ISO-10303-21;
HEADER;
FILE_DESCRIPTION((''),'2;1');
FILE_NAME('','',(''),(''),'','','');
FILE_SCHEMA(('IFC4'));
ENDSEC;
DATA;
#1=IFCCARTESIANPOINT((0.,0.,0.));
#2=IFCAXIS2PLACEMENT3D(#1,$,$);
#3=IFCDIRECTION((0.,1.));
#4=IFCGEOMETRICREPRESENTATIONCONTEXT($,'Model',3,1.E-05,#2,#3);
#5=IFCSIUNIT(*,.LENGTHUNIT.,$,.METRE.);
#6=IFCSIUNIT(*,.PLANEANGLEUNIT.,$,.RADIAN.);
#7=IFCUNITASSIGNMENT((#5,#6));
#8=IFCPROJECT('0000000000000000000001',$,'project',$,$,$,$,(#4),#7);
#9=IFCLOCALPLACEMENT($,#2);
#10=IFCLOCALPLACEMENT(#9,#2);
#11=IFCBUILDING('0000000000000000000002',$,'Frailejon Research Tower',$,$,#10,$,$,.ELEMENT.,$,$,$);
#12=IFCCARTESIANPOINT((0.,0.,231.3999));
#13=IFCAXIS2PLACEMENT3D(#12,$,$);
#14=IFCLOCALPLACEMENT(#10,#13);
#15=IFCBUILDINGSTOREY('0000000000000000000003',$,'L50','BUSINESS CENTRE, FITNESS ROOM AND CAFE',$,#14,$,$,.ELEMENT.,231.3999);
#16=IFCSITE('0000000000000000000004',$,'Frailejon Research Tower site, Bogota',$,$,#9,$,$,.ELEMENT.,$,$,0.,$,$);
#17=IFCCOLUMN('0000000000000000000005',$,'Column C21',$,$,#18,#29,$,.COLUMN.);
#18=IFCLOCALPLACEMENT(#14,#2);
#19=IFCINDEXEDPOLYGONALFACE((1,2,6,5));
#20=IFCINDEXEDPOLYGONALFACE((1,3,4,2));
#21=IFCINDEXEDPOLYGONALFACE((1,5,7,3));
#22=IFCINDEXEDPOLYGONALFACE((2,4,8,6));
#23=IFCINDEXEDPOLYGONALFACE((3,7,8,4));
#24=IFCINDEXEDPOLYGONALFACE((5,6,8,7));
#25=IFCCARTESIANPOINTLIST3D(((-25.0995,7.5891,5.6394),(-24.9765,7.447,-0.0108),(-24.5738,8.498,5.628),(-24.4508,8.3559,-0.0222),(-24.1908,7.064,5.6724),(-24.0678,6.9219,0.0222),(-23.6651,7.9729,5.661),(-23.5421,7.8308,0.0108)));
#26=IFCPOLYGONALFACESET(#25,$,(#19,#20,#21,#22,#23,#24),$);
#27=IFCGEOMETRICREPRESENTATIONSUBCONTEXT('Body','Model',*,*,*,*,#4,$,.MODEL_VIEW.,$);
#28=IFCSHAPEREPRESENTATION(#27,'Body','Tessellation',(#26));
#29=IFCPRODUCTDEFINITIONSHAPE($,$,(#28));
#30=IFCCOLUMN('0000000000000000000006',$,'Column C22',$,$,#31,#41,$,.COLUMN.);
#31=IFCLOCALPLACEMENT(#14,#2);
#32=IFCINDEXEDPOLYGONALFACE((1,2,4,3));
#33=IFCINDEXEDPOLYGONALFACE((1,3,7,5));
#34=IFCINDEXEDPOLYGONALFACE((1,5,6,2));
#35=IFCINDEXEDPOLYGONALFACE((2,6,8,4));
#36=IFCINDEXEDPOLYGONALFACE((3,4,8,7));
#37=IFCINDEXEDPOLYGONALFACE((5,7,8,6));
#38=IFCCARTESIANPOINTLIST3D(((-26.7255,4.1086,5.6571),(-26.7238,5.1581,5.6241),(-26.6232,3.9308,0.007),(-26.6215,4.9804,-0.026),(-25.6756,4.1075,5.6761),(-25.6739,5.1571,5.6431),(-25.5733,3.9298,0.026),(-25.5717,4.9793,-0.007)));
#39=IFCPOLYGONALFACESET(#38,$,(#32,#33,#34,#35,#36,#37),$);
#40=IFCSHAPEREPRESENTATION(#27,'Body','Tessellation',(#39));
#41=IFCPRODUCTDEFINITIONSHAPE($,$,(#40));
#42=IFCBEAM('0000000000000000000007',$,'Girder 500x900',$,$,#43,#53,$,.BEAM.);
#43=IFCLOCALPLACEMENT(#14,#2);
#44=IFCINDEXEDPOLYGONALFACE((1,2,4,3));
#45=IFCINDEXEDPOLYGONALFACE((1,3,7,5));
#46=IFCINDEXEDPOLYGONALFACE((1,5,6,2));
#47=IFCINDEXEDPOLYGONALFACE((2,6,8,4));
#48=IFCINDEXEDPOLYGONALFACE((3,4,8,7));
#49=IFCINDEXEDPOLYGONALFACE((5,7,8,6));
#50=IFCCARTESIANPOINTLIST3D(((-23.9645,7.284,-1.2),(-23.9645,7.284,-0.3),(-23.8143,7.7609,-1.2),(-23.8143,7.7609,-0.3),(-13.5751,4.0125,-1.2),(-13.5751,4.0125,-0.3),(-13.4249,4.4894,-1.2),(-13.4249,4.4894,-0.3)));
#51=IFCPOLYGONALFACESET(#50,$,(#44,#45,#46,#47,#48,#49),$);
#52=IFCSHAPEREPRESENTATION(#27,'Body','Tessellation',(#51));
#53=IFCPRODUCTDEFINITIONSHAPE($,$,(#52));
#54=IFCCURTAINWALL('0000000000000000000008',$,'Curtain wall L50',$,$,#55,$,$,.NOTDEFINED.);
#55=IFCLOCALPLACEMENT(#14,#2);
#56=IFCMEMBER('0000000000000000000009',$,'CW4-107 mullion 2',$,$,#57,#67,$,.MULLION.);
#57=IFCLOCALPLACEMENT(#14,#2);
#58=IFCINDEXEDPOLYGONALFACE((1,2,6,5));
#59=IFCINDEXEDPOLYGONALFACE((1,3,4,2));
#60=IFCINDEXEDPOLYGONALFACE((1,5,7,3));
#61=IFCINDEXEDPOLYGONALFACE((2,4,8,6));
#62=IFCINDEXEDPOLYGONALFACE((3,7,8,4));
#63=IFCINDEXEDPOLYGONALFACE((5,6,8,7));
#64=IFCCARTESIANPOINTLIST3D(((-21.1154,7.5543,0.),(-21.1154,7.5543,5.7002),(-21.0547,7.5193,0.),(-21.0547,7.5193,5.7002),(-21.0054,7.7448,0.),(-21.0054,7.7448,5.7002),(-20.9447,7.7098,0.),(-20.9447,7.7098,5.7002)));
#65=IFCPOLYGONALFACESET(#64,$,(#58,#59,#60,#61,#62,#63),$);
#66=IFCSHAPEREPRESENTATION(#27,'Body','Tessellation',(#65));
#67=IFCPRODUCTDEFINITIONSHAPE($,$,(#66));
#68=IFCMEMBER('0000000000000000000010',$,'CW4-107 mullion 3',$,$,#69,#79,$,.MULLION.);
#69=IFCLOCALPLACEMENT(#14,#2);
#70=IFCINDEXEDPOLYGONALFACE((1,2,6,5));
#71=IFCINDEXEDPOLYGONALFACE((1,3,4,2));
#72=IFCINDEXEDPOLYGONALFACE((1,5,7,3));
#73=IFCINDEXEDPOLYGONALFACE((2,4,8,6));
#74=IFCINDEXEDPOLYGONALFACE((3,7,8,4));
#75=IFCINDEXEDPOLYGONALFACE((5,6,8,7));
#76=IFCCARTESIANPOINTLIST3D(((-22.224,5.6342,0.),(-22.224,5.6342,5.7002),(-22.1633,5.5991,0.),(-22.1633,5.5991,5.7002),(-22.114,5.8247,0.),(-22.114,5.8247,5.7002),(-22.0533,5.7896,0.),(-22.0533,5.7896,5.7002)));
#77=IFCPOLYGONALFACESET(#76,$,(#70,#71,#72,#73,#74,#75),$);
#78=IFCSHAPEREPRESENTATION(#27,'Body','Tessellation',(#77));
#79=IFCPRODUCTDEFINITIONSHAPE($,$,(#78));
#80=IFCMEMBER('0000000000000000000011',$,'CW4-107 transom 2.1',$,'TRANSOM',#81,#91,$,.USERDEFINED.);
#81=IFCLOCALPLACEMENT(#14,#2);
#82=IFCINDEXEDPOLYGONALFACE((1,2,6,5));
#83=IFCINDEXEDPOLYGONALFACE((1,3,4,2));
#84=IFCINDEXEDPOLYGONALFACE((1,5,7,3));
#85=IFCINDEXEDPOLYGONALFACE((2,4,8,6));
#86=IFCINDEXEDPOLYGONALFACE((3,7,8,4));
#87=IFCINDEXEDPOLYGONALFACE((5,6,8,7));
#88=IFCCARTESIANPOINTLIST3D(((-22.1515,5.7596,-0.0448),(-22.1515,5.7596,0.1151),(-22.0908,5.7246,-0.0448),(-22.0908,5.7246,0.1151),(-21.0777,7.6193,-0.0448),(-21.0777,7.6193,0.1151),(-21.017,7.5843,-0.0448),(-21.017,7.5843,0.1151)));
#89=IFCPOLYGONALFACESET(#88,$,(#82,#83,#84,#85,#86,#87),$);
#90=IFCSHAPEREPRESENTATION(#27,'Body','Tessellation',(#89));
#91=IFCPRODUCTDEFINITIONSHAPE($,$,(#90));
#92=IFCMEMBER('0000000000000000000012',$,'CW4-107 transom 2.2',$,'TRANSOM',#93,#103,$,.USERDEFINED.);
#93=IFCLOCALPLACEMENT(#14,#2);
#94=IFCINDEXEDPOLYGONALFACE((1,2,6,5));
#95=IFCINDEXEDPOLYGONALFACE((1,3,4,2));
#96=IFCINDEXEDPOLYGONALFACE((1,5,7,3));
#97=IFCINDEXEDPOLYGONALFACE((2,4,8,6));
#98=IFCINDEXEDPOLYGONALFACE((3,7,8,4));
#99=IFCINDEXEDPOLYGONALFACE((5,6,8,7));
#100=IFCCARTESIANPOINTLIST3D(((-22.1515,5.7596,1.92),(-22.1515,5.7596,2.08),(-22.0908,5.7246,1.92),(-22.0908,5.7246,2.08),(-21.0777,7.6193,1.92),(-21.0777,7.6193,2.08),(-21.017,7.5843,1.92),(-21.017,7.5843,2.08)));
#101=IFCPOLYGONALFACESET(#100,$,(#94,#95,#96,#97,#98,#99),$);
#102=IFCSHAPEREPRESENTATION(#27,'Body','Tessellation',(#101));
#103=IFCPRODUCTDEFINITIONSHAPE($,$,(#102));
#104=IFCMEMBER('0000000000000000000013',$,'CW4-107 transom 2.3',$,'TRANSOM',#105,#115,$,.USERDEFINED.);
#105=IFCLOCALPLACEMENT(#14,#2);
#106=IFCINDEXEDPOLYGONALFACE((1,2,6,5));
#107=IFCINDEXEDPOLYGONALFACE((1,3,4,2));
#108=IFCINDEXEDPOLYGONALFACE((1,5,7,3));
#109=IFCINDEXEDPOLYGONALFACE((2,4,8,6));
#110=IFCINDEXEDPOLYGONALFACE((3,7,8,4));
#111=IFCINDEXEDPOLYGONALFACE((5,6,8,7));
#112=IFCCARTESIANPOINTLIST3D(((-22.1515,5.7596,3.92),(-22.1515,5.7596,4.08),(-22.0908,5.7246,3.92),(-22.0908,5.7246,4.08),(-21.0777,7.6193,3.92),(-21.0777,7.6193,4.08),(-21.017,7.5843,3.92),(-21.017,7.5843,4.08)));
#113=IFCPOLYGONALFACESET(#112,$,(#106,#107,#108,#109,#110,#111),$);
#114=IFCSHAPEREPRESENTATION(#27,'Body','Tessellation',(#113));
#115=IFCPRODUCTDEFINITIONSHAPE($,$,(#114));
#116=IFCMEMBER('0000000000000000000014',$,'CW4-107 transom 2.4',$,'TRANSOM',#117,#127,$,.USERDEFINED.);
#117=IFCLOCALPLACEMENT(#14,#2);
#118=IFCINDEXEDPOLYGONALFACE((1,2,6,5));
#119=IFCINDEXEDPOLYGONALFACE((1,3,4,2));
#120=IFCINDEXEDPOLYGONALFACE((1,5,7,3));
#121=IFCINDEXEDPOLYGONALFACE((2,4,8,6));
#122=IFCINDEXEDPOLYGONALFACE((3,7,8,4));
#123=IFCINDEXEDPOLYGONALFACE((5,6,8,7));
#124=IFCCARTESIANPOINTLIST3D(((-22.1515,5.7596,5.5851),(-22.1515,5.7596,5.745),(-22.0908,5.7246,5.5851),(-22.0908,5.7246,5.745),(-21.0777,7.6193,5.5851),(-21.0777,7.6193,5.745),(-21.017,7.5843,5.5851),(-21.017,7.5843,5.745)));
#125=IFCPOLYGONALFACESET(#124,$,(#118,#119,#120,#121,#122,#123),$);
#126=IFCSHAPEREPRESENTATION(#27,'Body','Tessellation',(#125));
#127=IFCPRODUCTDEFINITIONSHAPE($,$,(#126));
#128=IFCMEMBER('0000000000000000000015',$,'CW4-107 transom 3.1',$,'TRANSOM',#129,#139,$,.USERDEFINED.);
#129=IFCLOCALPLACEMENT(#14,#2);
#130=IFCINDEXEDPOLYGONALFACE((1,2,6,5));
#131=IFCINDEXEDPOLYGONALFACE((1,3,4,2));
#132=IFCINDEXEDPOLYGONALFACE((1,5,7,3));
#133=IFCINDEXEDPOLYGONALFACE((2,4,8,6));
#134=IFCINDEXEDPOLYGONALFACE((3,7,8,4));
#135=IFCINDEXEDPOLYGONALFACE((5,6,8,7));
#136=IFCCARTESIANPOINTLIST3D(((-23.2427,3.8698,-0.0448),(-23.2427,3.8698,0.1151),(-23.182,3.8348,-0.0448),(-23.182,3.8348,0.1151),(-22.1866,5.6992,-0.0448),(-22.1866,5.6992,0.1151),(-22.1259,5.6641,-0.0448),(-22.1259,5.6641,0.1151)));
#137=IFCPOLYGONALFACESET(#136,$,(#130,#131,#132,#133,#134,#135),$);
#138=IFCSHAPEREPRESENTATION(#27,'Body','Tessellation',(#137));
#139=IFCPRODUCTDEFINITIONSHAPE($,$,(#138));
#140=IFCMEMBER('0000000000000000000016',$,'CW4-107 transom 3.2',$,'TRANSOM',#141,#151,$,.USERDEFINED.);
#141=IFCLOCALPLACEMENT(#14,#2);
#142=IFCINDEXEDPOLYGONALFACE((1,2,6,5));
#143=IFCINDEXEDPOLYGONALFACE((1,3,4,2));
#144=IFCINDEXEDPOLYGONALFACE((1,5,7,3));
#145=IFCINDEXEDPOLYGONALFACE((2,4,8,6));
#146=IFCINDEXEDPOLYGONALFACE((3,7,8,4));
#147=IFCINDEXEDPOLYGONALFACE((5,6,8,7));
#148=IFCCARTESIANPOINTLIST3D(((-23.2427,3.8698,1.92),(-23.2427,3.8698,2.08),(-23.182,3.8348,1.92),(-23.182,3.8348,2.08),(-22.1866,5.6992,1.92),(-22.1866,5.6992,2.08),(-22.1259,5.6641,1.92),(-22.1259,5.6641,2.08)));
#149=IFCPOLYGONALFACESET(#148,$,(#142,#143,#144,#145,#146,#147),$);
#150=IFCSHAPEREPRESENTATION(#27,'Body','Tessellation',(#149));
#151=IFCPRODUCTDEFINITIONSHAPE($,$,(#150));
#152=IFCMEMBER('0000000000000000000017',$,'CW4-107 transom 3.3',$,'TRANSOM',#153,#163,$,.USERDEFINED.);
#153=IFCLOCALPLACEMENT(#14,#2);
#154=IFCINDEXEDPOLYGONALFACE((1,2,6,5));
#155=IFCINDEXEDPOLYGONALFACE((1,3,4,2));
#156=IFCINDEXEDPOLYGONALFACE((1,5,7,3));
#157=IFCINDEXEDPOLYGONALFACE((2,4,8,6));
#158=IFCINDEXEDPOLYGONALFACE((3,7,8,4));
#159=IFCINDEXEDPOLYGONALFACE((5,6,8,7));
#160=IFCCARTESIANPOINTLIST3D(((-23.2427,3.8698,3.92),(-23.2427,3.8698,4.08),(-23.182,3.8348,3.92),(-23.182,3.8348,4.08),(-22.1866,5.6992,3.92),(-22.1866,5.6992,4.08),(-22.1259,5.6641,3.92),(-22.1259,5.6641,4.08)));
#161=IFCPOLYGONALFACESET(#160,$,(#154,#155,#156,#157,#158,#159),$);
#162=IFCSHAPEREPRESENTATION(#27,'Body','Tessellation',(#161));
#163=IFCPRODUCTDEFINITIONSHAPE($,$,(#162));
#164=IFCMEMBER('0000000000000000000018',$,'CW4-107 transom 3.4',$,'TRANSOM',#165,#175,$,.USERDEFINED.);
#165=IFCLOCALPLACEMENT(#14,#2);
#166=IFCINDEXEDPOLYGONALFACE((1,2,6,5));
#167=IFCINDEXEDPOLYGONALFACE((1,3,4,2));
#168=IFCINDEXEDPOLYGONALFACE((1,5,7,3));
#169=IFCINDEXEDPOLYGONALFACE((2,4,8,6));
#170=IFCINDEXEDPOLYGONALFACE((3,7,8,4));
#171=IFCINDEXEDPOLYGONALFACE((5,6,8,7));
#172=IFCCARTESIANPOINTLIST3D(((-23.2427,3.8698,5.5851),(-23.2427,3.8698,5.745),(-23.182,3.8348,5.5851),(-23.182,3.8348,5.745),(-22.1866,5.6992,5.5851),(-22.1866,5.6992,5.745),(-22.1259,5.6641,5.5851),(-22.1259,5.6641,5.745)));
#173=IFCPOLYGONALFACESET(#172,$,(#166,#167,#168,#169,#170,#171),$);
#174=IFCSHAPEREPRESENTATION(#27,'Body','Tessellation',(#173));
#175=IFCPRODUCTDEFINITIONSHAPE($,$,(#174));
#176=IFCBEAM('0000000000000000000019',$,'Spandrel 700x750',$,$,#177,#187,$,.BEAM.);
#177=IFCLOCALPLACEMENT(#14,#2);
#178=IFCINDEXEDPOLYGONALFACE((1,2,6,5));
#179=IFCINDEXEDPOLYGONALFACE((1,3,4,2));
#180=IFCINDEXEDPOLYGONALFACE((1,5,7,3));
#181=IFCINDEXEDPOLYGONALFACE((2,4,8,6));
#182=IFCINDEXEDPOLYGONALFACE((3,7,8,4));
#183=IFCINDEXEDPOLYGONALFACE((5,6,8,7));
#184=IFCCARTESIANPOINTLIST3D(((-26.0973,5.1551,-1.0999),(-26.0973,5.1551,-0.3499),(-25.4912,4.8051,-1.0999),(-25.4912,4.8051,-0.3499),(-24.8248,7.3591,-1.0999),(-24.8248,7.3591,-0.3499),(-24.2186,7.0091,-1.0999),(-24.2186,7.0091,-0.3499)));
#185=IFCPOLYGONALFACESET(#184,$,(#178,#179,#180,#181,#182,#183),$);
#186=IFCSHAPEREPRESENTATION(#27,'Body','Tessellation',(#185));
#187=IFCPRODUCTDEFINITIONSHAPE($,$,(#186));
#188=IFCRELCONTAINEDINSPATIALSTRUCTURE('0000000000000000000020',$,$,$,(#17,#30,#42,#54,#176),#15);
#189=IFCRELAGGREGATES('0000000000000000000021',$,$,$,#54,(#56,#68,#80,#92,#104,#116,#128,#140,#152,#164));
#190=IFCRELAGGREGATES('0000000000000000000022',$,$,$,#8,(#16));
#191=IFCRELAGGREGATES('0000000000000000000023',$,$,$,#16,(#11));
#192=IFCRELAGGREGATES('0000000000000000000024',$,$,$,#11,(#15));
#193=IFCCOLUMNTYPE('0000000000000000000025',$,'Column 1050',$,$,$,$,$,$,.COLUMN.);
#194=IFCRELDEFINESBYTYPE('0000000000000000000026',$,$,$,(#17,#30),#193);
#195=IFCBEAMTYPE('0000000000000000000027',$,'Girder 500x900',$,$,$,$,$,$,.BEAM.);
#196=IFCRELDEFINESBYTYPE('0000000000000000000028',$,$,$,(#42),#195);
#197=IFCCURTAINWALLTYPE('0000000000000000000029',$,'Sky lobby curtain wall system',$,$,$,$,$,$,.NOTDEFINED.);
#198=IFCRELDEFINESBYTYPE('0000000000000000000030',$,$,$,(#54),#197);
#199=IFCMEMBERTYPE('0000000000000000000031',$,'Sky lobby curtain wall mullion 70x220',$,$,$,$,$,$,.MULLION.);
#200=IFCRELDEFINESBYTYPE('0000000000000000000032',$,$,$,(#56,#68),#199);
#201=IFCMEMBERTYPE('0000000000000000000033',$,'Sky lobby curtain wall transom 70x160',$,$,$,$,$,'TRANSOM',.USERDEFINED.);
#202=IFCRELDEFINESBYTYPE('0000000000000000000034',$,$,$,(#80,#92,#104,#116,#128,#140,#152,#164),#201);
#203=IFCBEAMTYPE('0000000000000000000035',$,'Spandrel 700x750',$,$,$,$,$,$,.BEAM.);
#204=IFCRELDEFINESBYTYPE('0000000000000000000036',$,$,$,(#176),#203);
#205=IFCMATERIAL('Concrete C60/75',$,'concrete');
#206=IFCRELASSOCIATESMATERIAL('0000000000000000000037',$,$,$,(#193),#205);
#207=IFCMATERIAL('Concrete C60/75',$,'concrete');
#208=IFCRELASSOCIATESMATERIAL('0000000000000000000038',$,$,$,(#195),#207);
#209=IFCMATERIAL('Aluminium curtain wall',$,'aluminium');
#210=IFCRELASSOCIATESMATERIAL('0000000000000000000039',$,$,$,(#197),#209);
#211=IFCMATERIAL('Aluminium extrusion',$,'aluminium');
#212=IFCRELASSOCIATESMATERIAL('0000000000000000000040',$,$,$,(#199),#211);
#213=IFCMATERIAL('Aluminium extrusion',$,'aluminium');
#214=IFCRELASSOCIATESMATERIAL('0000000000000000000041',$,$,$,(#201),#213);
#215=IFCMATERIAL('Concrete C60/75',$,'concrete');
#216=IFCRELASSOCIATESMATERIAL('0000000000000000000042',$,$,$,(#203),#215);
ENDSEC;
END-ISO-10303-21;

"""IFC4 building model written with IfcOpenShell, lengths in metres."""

from ifc_helpers import new_model, si_unit, direction, frame, origin, origin_2d, place, context, subcontext, project, spatial, rectangle, extrude, material, material_profile, profile_set, type_object, element, aggregate, save


model = new_model("IFC4")

# Units and contexts
model_context = context("Model", 3, precision=1e-05, world=origin(), true_north=direction((0.0, 1.0)))
body_context = subcontext(model_context, "Body", "Model", "MODEL_VIEW")
ifc_project = project(units=[si_unit("LENGTHUNIT", "METRE"), si_unit("PLANEANGLEUNIT", "RADIAN")], contexts=[model_context])

# Site, building, storey
site_placement = place(None, origin())
site = spatial("IfcSite", under=ifc_project, at=site_placement, Name="Frailejon Research Tower site, Bogota", CompositionType="ELEMENT", RefElevation=0.0)
building_placement = place(site_placement, origin())
building = spatial("IfcBuilding", under=site, at=building_placement, Name="Frailejon Research Tower", CompositionType="ELEMENT")
storey_placement = place(building_placement, frame((0.0, 0.0, 231.3999)))
storey = spatial("IfcBuildingStorey", under=building, at=storey_placement, Name="L50", Description="BUSINESS CENTRE, FITNESS ROOM AND CAFE", CompositionType="ELEMENT", Elevation=231.3999)

# Columns
ifc_material_1 = material(Name="Concrete C60/75", Category="concrete")
ifc_material_profile_1 = material_profile(ifc_material_1, rectangle(XDim=1.05, YDim=1.05, at=origin_2d()), Name="Column 1050")
ifc_profile_set_1 = profile_set([ifc_material_profile_1], Name="Concrete C60/75")
column_type = type_object("IfcColumnType", Name="Column 1050", PredefinedType="COLUMN", material=ifc_profile_set_1)
column_1_placement = place(storey_placement, frame((-24.2593, 7.6389, 0.0), z_axis=(-0.021766, 0.025134, 0.999447), x_axis=(-0.500628, -0.865594, 0.010865)))
element("IfcColumn", 1, at=column_1_placement, inside=storey, type_object=column_type, Name="Column C21", PredefinedType="COLUMN", context=body_context, shape_type="SweptSolid", body=[
    extrude(rectangle(XDim=1.05, YDim=1.05, at=origin_2d()), origin(), (0.0, 0.0, 1.0), 5.6533),
])
column_2_placement = place(storey_placement, frame((-26.0974, 4.4551, 0.0), z_axis=(-0.018093, 0.031436, 0.999342), x_axis=(-0.00157, -0.999505, 0.031413)))
element("IfcColumn", 2, at=column_2_placement, inside=storey, type_object=column_type, Name="Column C22", PredefinedType="COLUMN", context=body_context, shape_type="SweptSolid", body=[
    extrude(rectangle(XDim=1.05, YDim=1.05, at=origin_2d()), origin(), (0.0, 0.0, 1.0), 5.6538),
])

# Beam
ifc_material_2 = material(Name="Concrete C60/75", Category="concrete")
ifc_material_profile_2 = material_profile(ifc_material_2, rectangle(XDim=0.5, YDim=0.8999, at=origin_2d()), Name="Girder 500x900")
ifc_profile_set_2 = profile_set([ifc_material_profile_2], Name="Concrete C60/75")
beam_type_1 = type_object("IfcBeamType", Name="Girder 500x900", PredefinedType="BEAM", material=ifc_profile_set_2)
beam_1_placement = place(storey_placement, frame((-23.8894, 7.5225, -0.75), z_axis=(0.95383, -0.300348, 0.0), x_axis=(0.300348, 0.95383, 0.0)))
element("IfcBeam", 3, at=beam_1_placement, inside=storey, type_object=beam_type_1, Name="Girder 500x900", PredefinedType="BEAM", context=body_context, shape_type="SweptSolid", body=[
    extrude(rectangle(XDim=0.5, YDim=0.8999, at=origin_2d()), origin(), (0.0, 0.0, 1.0), 10.8923),
])

# Curtain wall, members
ifc_material_3 = material(Name="Aluminium curtain wall", Category="aluminium")
curtain_wall_type = type_object("IfcCurtainWallType", Name="Sky lobby curtain wall system", PredefinedType="NOTDEFINED", material=ifc_material_3)
curtain_wall_placement = place(storey_placement, origin())
curtain_wall = element("IfcCurtainWall", 4, at=curtain_wall_placement, inside=storey, type_object=curtain_wall_type, Name="Curtain wall L50", PredefinedType="NOTDEFINED")
ifc_material_4 = material(Name="Aluminium extrusion", Category="aluminium")
ifc_material_profile_3 = material_profile(ifc_material_4, rectangle(XDim=0.0701, YDim=0.22, at=origin_2d()), Name="Sky lobby curtain wall mullion 70x220")
ifc_profile_set_3 = profile_set([ifc_material_profile_3], Name="Aluminium extrusion")
member_type_1 = type_object("IfcMemberType", Name="Sky lobby curtain wall mullion 70x220", PredefinedType="MULLION", material=ifc_profile_set_3)
member_1_placement = place(storey_placement, frame((-21.03, 7.6321, 0.0), z_axis=(0.0, 0.0, 1.0), x_axis=(0.866025, -0.5, 0.0)))
member_1 = element("IfcMember", 5, at=member_1_placement, type_object=member_type_1, Name="CW4-107 mullion 2", PredefinedType="MULLION", context=body_context, shape_type="SweptSolid", body=[
    extrude(rectangle(XDim=0.0701, YDim=0.22, at=origin_2d()), origin(), (0.0, 0.0, 1.0), 5.7002),
])
member_2_placement = place(storey_placement, frame((-22.1387, 5.7119, 0.0), z_axis=(0.0, 0.0, 1.0), x_axis=(0.866025, -0.5, 0.0)))
member_2 = element("IfcMember", 6, at=member_2_placement, type_object=member_type_1, Name="CW4-107 mullion 3", PredefinedType="MULLION", context=body_context, shape_type="SweptSolid", body=[
    extrude(rectangle(XDim=0.0701, YDim=0.22, at=origin_2d()), origin(), (0.0, 0.0, 1.0), 5.7002),
])
ifc_material_5 = material(Name="Aluminium extrusion", Category="aluminium")
ifc_material_profile_4 = material_profile(ifc_material_5, rectangle(XDim=0.0701, YDim=0.1599, at=origin_2d()), Name="Sky lobby curtain wall transom 70x160")
ifc_profile_set_4 = profile_set([ifc_material_profile_4], Name="Aluminium extrusion")
member_type_2 = type_object("IfcMemberType", Name="Sky lobby curtain wall transom 70x160", ElementType="TRANSOM", PredefinedType="USERDEFINED", material=ifc_profile_set_4)
member_3_placement = place(storey_placement, frame((-21.0474, 7.6018, 0.0352), z_axis=(-0.500028, -0.86601, 0.0), x_axis=(0.86601, -0.500028, 0.0)))
member_3 = element("IfcMember", 7, at=member_3_placement, type_object=member_type_2, Name="CW4-107 transom 2.1", ObjectType="TRANSOM", PredefinedType="USERDEFINED", context=body_context, shape_type="SweptSolid", body=[
    extrude(rectangle(XDim=0.0701, YDim=0.1599, at=origin_2d()), origin(), (0.0, 0.0, 1.0), 2.1475),
])
member_4_placement = place(storey_placement, frame((-21.0474, 7.6018, 2.0), z_axis=(-0.500028, -0.86601, 0.0), x_axis=(0.86601, -0.500028, 0.0)))
member_4 = element("IfcMember", 8, at=member_4_placement, type_object=member_type_2, Name="CW4-107 transom 2.2", ObjectType="TRANSOM", PredefinedType="USERDEFINED", context=body_context, shape_type="SweptSolid", body=[
    extrude(rectangle(XDim=0.0701, YDim=0.1599, at=origin_2d()), origin(), (0.0, 0.0, 1.0), 2.1475),
])
member_5_placement = place(storey_placement, frame((-21.0474, 7.6018, 4.0), z_axis=(-0.500028, -0.86601, 0.0), x_axis=(0.86601, -0.500028, 0.0)))
member_5 = element("IfcMember", 9, at=member_5_placement, type_object=member_type_2, Name="CW4-107 transom 2.3", ObjectType="TRANSOM", PredefinedType="USERDEFINED", context=body_context, shape_type="SweptSolid", body=[
    extrude(rectangle(XDim=0.0701, YDim=0.1599, at=origin_2d()), origin(), (0.0, 0.0, 1.0), 2.1475),
])
member_6_placement = place(storey_placement, frame((-21.0474, 7.6018, 5.665), z_axis=(-0.500028, -0.86601, 0.0), x_axis=(0.86601, -0.500028, 0.0)))
member_6 = element("IfcMember", 10, at=member_6_placement, type_object=member_type_2, Name="CW4-107 transom 2.4", ObjectType="TRANSOM", PredefinedType="USERDEFINED", context=body_context, shape_type="SweptSolid", body=[
    extrude(rectangle(XDim=0.0701, YDim=0.1599, at=origin_2d()), origin(), (0.0, 0.0, 1.0), 2.1475),
])
member_7_placement = place(storey_placement, frame((-22.1562, 5.6816, 0.0352), z_axis=(-0.499993, -0.86603, 0.0), x_axis=(0.86603, -0.499993, 0.0)))
member_7 = element("IfcMember", 11, at=member_7_placement, type_object=member_type_2, Name="CW4-107 transom 3.1", ObjectType="TRANSOM", PredefinedType="USERDEFINED", context=body_context, shape_type="SweptSolid", body=[
    extrude(rectangle(XDim=0.0701, YDim=0.1599, at=origin_2d()), origin(), (0.0, 0.0, 1.0), 2.1123),
])
member_8_placement = place(storey_placement, frame((-22.1562, 5.6816, 2.0), z_axis=(-0.499993, -0.86603, 0.0), x_axis=(0.86603, -0.499993, 0.0)))
member_8 = element("IfcMember", 12, at=member_8_placement, type_object=member_type_2, Name="CW4-107 transom 3.2", ObjectType="TRANSOM", PredefinedType="USERDEFINED", context=body_context, shape_type="SweptSolid", body=[
    extrude(rectangle(XDim=0.0701, YDim=0.1599, at=origin_2d()), origin(), (0.0, 0.0, 1.0), 2.1123),
])
member_9_placement = place(storey_placement, frame((-22.1562, 5.6816, 4.0), z_axis=(-0.499993, -0.86603, 0.0), x_axis=(0.86603, -0.499993, 0.0)))
member_9 = element("IfcMember", 13, at=member_9_placement, type_object=member_type_2, Name="CW4-107 transom 3.3", ObjectType="TRANSOM", PredefinedType="USERDEFINED", context=body_context, shape_type="SweptSolid", body=[
    extrude(rectangle(XDim=0.0701, YDim=0.1599, at=origin_2d()), origin(), (0.0, 0.0, 1.0), 2.1123),
])
member_10_placement = place(storey_placement, frame((-22.1562, 5.6816, 5.665), z_axis=(-0.499993, -0.86603, 0.0), x_axis=(0.86603, -0.499993, 0.0)))
member_10 = element("IfcMember", 14, at=member_10_placement, type_object=member_type_2, Name="CW4-107 transom 3.4", ObjectType="TRANSOM", PredefinedType="USERDEFINED", context=body_context, shape_type="SweptSolid", body=[
    extrude(rectangle(XDim=0.0701, YDim=0.1599, at=origin_2d()), origin(), (0.0, 0.0, 1.0), 2.1123),
])

# Beam
ifc_material_6 = material(Name="Concrete C60/75", Category="concrete")
ifc_material_profile_5 = material_profile(ifc_material_6, rectangle(XDim=0.7, YDim=0.75, at=origin_2d()), Name="Spandrel 700x750")
ifc_profile_set_5 = profile_set([ifc_material_profile_5], Name="Concrete C60/75")
beam_type_2 = type_object("IfcBeamType", Name="Spandrel 700x750", PredefinedType="BEAM", material=ifc_profile_set_5)
beam_2_placement = place(storey_placement, frame((-24.5217, 7.1841, -0.7249), z_axis=(-0.500019, -0.866015, 0.0), x_axis=(0.866015, -0.500019, 0.0)))
element("IfcBeam", 15, at=beam_2_placement, inside=storey, type_object=beam_type_2, Name="Spandrel 700x750", PredefinedType="BEAM", context=body_context, shape_type="SweptSolid", body=[
    extrude(rectangle(XDim=0.7, YDim=0.75, at=origin_2d()), origin(), (0.0, 0.0, 1.0), 2.5449),
])

aggregate(curtain_wall, [member_1, member_2, member_3, member_4, member_5, member_6, member_7, member_8, member_9, member_10])

save(model, "model.ifc")
